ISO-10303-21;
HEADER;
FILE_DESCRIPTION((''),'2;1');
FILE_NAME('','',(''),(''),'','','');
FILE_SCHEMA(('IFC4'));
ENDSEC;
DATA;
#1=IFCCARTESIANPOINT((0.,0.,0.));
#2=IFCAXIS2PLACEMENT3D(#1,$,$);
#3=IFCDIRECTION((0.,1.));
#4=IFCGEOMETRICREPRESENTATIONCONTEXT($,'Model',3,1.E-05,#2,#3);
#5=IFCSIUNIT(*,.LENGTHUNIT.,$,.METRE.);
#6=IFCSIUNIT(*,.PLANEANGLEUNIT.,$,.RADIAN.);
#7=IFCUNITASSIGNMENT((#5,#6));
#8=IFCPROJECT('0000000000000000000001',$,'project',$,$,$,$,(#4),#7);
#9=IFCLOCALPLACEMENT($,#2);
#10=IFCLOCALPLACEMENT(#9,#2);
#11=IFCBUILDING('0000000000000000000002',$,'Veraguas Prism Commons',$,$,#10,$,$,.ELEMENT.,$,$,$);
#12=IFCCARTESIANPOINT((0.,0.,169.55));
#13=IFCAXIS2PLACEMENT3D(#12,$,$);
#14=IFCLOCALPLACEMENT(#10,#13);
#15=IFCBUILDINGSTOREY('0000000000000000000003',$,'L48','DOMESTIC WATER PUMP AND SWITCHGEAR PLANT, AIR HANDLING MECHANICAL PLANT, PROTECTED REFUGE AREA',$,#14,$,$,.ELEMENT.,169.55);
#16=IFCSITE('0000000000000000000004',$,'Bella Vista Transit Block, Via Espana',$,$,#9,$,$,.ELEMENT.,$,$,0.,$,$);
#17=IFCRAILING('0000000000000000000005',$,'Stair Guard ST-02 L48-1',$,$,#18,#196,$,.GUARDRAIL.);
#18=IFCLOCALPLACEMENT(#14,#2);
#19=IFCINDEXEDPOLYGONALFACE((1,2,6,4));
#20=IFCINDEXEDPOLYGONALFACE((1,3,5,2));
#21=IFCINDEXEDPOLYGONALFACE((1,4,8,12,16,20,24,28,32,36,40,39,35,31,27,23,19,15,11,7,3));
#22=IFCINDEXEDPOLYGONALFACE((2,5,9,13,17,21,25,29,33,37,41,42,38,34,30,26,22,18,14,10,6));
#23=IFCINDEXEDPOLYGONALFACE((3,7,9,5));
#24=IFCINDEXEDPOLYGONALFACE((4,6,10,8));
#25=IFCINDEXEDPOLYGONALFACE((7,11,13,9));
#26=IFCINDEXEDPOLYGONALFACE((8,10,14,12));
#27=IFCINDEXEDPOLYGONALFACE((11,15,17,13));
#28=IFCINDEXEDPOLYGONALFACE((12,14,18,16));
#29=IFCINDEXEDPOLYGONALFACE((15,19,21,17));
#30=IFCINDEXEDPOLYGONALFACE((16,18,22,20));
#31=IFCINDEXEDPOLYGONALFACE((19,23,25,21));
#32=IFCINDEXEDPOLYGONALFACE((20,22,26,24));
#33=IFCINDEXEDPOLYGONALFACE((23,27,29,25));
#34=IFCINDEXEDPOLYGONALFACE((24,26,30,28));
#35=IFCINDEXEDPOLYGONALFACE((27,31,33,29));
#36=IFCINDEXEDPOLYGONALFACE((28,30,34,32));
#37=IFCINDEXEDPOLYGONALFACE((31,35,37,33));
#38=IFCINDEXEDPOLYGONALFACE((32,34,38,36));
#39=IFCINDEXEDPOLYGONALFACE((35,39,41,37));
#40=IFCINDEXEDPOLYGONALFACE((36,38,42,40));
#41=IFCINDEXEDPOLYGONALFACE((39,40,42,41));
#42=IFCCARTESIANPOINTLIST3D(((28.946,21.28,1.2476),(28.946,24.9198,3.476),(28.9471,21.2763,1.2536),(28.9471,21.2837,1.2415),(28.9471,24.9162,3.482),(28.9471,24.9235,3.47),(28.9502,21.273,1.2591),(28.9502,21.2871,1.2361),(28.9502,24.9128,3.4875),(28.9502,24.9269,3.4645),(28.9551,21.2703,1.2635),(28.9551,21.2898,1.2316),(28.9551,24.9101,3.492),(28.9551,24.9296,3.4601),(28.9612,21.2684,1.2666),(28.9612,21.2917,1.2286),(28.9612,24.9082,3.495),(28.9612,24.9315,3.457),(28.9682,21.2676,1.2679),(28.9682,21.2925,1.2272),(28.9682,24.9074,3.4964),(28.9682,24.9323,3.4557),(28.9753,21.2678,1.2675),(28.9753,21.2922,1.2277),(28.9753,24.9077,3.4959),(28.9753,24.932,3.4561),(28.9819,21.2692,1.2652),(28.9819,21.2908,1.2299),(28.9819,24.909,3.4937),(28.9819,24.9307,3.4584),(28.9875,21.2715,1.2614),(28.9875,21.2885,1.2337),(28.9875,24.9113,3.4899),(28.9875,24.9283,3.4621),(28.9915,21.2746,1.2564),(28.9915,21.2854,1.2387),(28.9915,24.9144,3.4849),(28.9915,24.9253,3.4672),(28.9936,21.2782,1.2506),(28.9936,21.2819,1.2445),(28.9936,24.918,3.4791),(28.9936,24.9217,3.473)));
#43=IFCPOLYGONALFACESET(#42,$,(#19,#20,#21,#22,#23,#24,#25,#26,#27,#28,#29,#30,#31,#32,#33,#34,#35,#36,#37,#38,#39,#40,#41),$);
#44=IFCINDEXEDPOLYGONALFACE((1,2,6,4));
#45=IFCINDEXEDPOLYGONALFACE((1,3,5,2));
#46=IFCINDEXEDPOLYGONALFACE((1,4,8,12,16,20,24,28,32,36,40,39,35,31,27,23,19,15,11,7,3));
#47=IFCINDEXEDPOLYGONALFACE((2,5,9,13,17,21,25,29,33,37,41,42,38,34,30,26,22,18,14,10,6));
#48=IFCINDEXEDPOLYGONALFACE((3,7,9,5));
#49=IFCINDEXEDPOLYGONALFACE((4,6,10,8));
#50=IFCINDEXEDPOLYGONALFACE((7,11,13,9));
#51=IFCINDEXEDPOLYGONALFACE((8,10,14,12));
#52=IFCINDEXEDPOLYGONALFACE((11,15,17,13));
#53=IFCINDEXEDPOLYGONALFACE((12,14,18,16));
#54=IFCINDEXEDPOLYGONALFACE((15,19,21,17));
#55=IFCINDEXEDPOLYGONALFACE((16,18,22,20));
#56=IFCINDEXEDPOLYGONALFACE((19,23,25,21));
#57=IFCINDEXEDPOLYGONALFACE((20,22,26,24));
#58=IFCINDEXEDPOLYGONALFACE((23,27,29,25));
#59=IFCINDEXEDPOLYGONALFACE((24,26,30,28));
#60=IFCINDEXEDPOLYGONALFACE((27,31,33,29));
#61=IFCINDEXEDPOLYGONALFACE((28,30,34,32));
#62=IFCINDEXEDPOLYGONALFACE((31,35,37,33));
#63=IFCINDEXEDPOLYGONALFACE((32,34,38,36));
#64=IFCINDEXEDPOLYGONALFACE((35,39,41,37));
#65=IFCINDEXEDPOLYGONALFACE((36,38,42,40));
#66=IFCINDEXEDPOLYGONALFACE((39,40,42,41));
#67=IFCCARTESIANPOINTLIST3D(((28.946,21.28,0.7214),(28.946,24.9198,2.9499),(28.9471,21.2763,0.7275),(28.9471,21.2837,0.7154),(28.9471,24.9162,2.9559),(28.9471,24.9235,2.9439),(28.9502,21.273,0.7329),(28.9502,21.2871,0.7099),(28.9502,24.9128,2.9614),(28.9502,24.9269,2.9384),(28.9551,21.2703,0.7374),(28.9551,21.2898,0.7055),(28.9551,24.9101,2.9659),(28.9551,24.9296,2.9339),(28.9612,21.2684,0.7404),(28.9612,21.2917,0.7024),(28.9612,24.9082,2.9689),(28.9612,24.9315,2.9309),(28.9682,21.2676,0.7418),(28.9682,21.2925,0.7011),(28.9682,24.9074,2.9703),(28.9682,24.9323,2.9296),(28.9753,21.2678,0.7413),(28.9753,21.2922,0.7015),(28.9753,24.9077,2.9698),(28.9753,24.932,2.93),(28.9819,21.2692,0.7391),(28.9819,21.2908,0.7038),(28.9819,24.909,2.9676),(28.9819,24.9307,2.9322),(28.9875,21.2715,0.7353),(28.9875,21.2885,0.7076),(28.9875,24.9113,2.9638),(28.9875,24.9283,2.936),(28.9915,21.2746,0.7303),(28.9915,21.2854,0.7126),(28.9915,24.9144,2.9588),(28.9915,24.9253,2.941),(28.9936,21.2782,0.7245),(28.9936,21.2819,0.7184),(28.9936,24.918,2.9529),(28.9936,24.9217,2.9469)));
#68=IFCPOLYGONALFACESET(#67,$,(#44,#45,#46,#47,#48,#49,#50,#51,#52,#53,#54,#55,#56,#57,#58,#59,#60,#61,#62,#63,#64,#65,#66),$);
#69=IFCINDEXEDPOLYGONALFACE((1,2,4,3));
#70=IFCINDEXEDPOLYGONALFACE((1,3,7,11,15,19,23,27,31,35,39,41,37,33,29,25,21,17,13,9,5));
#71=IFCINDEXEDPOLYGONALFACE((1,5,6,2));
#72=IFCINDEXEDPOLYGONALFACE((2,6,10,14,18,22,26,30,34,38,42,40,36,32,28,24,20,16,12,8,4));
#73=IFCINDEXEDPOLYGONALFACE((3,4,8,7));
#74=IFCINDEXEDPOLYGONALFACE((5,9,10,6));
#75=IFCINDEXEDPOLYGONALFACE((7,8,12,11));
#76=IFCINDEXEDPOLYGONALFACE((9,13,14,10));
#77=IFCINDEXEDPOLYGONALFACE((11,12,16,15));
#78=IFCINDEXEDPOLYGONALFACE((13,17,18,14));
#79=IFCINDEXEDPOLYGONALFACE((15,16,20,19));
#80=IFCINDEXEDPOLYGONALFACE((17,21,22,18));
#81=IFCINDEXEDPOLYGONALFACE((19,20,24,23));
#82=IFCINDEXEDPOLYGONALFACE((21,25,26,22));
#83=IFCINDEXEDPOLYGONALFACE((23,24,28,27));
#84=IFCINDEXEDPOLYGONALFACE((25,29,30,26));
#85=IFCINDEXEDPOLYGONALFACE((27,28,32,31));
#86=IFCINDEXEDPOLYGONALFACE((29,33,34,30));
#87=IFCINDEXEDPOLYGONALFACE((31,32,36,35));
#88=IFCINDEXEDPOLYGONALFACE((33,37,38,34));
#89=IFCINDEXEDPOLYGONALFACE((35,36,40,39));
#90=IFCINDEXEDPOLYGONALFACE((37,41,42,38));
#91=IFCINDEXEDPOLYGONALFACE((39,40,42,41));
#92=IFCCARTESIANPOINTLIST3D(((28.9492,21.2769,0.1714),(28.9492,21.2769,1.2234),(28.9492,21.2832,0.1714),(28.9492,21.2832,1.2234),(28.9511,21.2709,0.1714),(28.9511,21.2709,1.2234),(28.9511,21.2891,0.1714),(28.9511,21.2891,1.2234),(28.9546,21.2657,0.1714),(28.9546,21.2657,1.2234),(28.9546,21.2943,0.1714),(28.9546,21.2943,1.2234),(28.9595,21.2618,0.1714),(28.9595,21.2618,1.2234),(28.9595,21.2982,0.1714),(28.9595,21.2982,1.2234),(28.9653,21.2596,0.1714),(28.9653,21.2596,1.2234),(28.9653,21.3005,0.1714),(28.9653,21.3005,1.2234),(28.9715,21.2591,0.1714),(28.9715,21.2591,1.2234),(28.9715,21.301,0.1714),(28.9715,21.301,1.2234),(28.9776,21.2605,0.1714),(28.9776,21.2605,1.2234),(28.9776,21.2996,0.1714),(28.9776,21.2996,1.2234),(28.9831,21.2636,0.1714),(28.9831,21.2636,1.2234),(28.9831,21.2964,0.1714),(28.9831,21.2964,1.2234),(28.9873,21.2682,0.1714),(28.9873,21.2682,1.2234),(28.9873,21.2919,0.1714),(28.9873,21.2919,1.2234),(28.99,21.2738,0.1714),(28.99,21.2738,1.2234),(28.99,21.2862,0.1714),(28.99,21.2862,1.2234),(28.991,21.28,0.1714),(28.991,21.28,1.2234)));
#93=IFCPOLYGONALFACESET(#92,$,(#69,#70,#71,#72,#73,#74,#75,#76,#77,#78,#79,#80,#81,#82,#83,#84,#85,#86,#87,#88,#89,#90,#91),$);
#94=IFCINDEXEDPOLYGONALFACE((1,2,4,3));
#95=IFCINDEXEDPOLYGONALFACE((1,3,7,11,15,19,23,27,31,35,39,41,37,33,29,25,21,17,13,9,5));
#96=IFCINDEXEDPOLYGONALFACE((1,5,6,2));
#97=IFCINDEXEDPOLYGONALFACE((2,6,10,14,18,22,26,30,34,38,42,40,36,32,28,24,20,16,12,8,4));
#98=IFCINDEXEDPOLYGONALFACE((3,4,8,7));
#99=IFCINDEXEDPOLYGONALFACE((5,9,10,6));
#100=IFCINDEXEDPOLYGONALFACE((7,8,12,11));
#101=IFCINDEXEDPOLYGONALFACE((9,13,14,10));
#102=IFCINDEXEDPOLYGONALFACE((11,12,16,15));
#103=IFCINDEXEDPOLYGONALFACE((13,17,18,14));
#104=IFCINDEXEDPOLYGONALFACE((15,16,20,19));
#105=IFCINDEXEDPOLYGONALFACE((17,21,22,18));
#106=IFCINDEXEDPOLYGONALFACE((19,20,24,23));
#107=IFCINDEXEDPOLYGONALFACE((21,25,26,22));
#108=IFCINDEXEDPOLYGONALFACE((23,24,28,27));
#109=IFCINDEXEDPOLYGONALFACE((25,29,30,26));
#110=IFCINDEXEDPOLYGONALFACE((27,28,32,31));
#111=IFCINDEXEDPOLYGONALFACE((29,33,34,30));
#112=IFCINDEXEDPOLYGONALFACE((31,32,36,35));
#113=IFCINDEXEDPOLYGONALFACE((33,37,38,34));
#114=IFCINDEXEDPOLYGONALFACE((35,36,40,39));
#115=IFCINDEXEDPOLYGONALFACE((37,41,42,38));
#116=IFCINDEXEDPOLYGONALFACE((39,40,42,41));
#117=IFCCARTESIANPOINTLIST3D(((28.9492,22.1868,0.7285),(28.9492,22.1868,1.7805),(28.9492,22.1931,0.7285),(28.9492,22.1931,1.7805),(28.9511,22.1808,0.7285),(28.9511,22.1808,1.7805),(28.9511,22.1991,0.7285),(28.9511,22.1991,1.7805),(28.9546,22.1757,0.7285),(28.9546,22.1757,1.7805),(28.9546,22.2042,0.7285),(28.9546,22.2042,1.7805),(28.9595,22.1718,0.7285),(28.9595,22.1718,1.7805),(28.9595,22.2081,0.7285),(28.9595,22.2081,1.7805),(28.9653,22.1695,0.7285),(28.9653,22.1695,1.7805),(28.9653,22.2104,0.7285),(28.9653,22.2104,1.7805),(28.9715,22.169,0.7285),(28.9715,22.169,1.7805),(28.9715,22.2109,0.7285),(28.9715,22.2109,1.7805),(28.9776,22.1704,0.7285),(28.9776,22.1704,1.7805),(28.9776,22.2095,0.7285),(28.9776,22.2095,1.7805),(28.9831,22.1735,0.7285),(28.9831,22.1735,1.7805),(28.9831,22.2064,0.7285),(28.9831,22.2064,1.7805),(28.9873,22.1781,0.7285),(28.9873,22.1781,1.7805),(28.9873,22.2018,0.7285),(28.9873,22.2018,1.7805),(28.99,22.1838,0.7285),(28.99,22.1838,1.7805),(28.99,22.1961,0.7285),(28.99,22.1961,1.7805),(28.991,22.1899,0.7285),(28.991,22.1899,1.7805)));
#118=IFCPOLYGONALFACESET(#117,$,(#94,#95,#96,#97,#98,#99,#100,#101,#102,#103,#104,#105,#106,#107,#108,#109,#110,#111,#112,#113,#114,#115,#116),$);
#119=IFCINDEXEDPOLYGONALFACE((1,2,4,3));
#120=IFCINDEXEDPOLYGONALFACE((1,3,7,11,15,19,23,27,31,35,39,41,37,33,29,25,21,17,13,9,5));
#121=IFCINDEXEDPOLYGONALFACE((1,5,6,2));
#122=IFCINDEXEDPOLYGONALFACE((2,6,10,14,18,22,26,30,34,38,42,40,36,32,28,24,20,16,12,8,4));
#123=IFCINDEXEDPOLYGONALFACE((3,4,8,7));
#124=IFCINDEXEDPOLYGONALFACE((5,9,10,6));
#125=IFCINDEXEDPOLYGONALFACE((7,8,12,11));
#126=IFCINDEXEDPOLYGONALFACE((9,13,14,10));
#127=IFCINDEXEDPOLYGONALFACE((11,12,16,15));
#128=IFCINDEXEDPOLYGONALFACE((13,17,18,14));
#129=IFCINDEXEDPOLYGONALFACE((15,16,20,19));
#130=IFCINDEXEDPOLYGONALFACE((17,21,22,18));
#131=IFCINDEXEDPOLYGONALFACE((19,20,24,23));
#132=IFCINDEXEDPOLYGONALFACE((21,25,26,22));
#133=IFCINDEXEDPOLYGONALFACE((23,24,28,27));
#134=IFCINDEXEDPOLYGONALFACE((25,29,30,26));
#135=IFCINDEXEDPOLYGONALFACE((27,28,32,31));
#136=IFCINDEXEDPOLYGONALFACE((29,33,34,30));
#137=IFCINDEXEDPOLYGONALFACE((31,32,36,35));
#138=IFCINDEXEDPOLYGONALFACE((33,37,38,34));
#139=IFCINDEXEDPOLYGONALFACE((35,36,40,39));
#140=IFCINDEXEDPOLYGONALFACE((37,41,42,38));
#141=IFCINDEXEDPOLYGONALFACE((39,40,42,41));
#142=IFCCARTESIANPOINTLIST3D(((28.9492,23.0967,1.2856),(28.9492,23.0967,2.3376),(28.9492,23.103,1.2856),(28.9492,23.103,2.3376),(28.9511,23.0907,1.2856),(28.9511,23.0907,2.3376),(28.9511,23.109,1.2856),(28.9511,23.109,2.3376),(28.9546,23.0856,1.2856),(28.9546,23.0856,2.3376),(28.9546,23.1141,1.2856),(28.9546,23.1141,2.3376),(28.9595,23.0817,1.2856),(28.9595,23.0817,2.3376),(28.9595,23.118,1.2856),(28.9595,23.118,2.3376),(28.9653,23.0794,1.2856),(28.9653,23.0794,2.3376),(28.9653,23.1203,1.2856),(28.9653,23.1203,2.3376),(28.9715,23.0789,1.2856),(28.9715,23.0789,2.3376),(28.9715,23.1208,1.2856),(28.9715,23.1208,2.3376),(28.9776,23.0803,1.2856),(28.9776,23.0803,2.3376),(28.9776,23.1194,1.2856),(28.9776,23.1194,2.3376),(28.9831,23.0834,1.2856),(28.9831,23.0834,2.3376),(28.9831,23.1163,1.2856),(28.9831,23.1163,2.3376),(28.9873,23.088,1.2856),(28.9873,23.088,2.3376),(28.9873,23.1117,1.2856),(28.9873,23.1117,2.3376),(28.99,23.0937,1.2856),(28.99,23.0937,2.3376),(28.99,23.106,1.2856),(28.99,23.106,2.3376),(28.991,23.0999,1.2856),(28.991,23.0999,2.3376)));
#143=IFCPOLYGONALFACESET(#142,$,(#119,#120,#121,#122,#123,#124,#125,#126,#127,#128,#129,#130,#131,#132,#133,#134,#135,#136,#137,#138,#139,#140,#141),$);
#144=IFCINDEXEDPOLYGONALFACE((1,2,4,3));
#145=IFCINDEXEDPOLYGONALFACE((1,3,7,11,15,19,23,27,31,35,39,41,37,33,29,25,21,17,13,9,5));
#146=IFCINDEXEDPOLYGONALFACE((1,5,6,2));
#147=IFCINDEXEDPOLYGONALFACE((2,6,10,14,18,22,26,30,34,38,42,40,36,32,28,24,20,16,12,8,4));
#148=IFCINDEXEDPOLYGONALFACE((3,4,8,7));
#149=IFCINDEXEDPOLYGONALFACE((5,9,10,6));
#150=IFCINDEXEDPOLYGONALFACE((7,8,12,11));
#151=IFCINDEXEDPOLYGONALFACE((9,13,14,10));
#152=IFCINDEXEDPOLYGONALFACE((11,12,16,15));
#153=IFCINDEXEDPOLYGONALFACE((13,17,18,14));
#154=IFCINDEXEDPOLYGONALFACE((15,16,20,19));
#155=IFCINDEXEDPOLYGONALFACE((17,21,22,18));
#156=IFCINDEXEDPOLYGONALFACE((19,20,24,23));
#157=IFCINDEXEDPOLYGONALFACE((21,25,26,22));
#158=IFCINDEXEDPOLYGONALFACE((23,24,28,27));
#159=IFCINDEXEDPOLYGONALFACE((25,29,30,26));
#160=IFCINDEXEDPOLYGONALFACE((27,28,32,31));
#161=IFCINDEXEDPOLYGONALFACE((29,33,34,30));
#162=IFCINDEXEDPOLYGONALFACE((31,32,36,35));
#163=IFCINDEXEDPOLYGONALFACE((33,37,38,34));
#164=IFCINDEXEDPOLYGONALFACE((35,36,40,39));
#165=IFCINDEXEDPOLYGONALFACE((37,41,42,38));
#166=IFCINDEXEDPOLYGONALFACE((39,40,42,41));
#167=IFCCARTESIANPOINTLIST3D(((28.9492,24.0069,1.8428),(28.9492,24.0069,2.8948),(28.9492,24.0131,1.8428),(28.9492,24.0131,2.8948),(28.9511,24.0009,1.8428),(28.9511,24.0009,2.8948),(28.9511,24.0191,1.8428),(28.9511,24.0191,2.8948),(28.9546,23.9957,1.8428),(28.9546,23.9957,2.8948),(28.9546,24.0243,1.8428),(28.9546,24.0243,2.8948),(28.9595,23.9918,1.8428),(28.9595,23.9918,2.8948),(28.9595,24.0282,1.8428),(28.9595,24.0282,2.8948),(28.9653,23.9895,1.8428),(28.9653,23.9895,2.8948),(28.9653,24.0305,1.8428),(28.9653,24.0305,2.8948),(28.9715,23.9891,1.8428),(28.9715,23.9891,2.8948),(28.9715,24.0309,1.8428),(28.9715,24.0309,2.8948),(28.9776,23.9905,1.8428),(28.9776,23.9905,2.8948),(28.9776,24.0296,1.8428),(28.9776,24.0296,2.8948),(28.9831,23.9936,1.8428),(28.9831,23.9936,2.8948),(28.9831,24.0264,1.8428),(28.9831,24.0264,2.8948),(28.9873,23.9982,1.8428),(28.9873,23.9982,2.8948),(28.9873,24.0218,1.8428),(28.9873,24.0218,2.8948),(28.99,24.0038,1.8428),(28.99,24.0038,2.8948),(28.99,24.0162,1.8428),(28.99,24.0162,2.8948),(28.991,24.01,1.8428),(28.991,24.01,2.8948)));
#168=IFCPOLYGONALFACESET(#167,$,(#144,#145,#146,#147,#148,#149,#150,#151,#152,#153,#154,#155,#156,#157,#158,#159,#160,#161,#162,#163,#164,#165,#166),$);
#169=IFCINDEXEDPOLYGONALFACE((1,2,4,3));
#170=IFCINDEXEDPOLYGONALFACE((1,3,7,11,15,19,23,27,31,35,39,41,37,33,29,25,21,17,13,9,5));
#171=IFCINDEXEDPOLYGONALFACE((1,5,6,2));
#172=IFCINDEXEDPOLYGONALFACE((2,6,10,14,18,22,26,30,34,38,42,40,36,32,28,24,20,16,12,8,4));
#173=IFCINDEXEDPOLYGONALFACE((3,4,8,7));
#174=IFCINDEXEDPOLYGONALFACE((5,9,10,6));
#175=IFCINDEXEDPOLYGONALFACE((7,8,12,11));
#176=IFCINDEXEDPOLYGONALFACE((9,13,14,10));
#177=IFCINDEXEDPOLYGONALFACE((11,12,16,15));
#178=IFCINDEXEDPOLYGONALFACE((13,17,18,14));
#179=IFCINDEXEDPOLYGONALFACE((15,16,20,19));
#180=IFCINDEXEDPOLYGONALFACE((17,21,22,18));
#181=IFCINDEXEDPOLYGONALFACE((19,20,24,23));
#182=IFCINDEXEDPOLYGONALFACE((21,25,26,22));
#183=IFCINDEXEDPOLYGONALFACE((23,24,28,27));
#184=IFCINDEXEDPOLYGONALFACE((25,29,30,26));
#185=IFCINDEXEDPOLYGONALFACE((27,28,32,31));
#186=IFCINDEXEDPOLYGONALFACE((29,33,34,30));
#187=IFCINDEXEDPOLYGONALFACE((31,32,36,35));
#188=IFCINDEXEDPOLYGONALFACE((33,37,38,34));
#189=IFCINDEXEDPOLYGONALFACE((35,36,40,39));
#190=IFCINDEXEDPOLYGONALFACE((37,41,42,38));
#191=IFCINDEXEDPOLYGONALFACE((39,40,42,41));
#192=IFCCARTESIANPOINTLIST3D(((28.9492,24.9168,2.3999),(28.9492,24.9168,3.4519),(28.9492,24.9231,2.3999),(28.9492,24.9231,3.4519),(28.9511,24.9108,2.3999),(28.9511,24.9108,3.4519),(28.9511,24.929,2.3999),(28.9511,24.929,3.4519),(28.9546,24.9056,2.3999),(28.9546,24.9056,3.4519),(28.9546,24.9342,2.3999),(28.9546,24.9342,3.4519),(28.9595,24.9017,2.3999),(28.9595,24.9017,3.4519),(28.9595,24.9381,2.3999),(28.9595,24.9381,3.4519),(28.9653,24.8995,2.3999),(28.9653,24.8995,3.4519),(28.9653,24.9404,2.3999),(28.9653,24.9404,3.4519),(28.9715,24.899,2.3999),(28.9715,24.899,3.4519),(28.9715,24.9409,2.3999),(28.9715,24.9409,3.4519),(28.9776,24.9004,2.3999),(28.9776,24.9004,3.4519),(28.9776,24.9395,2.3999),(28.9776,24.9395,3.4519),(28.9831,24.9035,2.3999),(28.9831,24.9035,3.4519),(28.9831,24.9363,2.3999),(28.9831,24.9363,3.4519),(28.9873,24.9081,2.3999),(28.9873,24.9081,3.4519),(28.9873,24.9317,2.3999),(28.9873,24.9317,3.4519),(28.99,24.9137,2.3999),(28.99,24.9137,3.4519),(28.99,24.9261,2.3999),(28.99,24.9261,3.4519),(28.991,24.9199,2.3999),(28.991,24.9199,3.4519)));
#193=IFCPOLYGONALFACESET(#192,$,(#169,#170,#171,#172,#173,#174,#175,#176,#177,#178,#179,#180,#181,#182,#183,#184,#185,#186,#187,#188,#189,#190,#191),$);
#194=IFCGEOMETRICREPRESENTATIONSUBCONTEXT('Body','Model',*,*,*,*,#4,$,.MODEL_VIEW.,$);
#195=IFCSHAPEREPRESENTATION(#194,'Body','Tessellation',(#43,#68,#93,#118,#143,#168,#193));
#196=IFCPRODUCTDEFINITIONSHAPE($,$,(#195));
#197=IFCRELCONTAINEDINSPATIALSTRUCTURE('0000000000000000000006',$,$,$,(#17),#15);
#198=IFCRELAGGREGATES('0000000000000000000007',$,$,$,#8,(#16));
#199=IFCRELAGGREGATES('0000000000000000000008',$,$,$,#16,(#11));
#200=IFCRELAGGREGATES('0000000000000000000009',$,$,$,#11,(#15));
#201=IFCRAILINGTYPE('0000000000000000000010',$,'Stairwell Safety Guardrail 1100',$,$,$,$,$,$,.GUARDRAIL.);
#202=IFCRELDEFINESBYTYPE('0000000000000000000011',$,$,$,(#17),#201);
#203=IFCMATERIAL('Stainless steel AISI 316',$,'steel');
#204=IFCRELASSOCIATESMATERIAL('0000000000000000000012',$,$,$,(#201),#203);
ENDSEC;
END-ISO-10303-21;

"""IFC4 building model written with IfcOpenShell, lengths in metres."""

from ifc_helpers import new_model, si_unit, direction, frame, origin, origin_2d, place, context, subcontext, project, spatial, circle, extrude, material, type_object, element, save


model = new_model("IFC4")

# Units and contexts
model_context = context("Model", 3, precision=1e-05, world=origin(), true_north=direction((0.0, 1.0)))
body_context = subcontext(model_context, "Body", "Model", "MODEL_VIEW")
ifc_project = project(units=[si_unit("LENGTHUNIT", "METRE"), si_unit("PLANEANGLEUNIT", "RADIAN")], contexts=[model_context])

# Site, building, storey
site_placement = place(None, origin())
site = spatial("IfcSite", under=ifc_project, at=site_placement, Name="Bella Vista Transit Block, Via Espana", CompositionType="ELEMENT", RefElevation=0.0)
building_placement = place(site_placement, origin())
building = spatial("IfcBuilding", under=site, at=building_placement, Name="Veraguas Prism Commons", CompositionType="ELEMENT")
storey_placement = place(building_placement, frame((0.0, 0.0, 169.55)))
storey = spatial("IfcBuildingStorey", under=building, at=storey_placement, Name="L48", Description="DOMESTIC WATER PUMP AND SWITCHGEAR PLANT, AIR HANDLING MECHANICAL PLANT, PROTECTED REFUGE AREA", CompositionType="ELEMENT", Elevation=169.55)

# Shared definitions
ifc_material_1 = material(Name="Stainless steel AISI 316", Category="steel")

# Railing
railing_type = type_object("IfcRailingType", Name="Stairwell Safety Guardrail 1100", PredefinedType="GUARDRAIL", material=ifc_material_1)
railing_1_placement = place(storey_placement, frame((28.97, 21.28, 0.1714)))
element("IfcRailing", 1, at=railing_1_placement, inside=storey, type_object=railing_type, Name="Stair Guard ST-02 L48-1", PredefinedType="GUARDRAIL", context=body_context, shape_type="SweptSolid", body=[
    extrude(circle(Radius=0.0239, at=origin_2d()), frame((0.0, 0.0, 1.0762), z_axis=(0.0, 0.85285, 0.522156), x_axis=(-1.0, 0.0, 0.0)), (0.0, 0.0, 1.0), 4.2678),
    extrude(circle(Radius=0.0239, at=origin_2d()), frame((0.0, 0.0, 0.55), z_axis=(0.0, 0.85285, 0.522156), x_axis=(-1.0, 0.0, 0.0)), (0.0, 0.0, 1.0), 4.2678),
    extrude(circle(Radius=0.021, at=origin_2d()), origin(), (0.0, 0.0, 1.0), 1.052),
    extrude(circle(Radius=0.021, at=origin_2d()), frame((0.0, 0.9099, 0.5571)), (0.0, 0.0, 1.0), 1.052),
    extrude(circle(Radius=0.021, at=origin_2d()), frame((0.0, 1.8198, 1.1143)), (0.0, 0.0, 1.0), 1.052),
    extrude(circle(Radius=0.021, at=origin_2d()), frame((0.0, 2.73, 1.6714)), (0.0, 0.0, 1.0), 1.052),
    extrude(circle(Radius=0.021, at=origin_2d()), frame((0.0, 3.6399, 2.2285)), (0.0, 0.0, 1.0), 1.052),
])

save(model, "model.ifc")
